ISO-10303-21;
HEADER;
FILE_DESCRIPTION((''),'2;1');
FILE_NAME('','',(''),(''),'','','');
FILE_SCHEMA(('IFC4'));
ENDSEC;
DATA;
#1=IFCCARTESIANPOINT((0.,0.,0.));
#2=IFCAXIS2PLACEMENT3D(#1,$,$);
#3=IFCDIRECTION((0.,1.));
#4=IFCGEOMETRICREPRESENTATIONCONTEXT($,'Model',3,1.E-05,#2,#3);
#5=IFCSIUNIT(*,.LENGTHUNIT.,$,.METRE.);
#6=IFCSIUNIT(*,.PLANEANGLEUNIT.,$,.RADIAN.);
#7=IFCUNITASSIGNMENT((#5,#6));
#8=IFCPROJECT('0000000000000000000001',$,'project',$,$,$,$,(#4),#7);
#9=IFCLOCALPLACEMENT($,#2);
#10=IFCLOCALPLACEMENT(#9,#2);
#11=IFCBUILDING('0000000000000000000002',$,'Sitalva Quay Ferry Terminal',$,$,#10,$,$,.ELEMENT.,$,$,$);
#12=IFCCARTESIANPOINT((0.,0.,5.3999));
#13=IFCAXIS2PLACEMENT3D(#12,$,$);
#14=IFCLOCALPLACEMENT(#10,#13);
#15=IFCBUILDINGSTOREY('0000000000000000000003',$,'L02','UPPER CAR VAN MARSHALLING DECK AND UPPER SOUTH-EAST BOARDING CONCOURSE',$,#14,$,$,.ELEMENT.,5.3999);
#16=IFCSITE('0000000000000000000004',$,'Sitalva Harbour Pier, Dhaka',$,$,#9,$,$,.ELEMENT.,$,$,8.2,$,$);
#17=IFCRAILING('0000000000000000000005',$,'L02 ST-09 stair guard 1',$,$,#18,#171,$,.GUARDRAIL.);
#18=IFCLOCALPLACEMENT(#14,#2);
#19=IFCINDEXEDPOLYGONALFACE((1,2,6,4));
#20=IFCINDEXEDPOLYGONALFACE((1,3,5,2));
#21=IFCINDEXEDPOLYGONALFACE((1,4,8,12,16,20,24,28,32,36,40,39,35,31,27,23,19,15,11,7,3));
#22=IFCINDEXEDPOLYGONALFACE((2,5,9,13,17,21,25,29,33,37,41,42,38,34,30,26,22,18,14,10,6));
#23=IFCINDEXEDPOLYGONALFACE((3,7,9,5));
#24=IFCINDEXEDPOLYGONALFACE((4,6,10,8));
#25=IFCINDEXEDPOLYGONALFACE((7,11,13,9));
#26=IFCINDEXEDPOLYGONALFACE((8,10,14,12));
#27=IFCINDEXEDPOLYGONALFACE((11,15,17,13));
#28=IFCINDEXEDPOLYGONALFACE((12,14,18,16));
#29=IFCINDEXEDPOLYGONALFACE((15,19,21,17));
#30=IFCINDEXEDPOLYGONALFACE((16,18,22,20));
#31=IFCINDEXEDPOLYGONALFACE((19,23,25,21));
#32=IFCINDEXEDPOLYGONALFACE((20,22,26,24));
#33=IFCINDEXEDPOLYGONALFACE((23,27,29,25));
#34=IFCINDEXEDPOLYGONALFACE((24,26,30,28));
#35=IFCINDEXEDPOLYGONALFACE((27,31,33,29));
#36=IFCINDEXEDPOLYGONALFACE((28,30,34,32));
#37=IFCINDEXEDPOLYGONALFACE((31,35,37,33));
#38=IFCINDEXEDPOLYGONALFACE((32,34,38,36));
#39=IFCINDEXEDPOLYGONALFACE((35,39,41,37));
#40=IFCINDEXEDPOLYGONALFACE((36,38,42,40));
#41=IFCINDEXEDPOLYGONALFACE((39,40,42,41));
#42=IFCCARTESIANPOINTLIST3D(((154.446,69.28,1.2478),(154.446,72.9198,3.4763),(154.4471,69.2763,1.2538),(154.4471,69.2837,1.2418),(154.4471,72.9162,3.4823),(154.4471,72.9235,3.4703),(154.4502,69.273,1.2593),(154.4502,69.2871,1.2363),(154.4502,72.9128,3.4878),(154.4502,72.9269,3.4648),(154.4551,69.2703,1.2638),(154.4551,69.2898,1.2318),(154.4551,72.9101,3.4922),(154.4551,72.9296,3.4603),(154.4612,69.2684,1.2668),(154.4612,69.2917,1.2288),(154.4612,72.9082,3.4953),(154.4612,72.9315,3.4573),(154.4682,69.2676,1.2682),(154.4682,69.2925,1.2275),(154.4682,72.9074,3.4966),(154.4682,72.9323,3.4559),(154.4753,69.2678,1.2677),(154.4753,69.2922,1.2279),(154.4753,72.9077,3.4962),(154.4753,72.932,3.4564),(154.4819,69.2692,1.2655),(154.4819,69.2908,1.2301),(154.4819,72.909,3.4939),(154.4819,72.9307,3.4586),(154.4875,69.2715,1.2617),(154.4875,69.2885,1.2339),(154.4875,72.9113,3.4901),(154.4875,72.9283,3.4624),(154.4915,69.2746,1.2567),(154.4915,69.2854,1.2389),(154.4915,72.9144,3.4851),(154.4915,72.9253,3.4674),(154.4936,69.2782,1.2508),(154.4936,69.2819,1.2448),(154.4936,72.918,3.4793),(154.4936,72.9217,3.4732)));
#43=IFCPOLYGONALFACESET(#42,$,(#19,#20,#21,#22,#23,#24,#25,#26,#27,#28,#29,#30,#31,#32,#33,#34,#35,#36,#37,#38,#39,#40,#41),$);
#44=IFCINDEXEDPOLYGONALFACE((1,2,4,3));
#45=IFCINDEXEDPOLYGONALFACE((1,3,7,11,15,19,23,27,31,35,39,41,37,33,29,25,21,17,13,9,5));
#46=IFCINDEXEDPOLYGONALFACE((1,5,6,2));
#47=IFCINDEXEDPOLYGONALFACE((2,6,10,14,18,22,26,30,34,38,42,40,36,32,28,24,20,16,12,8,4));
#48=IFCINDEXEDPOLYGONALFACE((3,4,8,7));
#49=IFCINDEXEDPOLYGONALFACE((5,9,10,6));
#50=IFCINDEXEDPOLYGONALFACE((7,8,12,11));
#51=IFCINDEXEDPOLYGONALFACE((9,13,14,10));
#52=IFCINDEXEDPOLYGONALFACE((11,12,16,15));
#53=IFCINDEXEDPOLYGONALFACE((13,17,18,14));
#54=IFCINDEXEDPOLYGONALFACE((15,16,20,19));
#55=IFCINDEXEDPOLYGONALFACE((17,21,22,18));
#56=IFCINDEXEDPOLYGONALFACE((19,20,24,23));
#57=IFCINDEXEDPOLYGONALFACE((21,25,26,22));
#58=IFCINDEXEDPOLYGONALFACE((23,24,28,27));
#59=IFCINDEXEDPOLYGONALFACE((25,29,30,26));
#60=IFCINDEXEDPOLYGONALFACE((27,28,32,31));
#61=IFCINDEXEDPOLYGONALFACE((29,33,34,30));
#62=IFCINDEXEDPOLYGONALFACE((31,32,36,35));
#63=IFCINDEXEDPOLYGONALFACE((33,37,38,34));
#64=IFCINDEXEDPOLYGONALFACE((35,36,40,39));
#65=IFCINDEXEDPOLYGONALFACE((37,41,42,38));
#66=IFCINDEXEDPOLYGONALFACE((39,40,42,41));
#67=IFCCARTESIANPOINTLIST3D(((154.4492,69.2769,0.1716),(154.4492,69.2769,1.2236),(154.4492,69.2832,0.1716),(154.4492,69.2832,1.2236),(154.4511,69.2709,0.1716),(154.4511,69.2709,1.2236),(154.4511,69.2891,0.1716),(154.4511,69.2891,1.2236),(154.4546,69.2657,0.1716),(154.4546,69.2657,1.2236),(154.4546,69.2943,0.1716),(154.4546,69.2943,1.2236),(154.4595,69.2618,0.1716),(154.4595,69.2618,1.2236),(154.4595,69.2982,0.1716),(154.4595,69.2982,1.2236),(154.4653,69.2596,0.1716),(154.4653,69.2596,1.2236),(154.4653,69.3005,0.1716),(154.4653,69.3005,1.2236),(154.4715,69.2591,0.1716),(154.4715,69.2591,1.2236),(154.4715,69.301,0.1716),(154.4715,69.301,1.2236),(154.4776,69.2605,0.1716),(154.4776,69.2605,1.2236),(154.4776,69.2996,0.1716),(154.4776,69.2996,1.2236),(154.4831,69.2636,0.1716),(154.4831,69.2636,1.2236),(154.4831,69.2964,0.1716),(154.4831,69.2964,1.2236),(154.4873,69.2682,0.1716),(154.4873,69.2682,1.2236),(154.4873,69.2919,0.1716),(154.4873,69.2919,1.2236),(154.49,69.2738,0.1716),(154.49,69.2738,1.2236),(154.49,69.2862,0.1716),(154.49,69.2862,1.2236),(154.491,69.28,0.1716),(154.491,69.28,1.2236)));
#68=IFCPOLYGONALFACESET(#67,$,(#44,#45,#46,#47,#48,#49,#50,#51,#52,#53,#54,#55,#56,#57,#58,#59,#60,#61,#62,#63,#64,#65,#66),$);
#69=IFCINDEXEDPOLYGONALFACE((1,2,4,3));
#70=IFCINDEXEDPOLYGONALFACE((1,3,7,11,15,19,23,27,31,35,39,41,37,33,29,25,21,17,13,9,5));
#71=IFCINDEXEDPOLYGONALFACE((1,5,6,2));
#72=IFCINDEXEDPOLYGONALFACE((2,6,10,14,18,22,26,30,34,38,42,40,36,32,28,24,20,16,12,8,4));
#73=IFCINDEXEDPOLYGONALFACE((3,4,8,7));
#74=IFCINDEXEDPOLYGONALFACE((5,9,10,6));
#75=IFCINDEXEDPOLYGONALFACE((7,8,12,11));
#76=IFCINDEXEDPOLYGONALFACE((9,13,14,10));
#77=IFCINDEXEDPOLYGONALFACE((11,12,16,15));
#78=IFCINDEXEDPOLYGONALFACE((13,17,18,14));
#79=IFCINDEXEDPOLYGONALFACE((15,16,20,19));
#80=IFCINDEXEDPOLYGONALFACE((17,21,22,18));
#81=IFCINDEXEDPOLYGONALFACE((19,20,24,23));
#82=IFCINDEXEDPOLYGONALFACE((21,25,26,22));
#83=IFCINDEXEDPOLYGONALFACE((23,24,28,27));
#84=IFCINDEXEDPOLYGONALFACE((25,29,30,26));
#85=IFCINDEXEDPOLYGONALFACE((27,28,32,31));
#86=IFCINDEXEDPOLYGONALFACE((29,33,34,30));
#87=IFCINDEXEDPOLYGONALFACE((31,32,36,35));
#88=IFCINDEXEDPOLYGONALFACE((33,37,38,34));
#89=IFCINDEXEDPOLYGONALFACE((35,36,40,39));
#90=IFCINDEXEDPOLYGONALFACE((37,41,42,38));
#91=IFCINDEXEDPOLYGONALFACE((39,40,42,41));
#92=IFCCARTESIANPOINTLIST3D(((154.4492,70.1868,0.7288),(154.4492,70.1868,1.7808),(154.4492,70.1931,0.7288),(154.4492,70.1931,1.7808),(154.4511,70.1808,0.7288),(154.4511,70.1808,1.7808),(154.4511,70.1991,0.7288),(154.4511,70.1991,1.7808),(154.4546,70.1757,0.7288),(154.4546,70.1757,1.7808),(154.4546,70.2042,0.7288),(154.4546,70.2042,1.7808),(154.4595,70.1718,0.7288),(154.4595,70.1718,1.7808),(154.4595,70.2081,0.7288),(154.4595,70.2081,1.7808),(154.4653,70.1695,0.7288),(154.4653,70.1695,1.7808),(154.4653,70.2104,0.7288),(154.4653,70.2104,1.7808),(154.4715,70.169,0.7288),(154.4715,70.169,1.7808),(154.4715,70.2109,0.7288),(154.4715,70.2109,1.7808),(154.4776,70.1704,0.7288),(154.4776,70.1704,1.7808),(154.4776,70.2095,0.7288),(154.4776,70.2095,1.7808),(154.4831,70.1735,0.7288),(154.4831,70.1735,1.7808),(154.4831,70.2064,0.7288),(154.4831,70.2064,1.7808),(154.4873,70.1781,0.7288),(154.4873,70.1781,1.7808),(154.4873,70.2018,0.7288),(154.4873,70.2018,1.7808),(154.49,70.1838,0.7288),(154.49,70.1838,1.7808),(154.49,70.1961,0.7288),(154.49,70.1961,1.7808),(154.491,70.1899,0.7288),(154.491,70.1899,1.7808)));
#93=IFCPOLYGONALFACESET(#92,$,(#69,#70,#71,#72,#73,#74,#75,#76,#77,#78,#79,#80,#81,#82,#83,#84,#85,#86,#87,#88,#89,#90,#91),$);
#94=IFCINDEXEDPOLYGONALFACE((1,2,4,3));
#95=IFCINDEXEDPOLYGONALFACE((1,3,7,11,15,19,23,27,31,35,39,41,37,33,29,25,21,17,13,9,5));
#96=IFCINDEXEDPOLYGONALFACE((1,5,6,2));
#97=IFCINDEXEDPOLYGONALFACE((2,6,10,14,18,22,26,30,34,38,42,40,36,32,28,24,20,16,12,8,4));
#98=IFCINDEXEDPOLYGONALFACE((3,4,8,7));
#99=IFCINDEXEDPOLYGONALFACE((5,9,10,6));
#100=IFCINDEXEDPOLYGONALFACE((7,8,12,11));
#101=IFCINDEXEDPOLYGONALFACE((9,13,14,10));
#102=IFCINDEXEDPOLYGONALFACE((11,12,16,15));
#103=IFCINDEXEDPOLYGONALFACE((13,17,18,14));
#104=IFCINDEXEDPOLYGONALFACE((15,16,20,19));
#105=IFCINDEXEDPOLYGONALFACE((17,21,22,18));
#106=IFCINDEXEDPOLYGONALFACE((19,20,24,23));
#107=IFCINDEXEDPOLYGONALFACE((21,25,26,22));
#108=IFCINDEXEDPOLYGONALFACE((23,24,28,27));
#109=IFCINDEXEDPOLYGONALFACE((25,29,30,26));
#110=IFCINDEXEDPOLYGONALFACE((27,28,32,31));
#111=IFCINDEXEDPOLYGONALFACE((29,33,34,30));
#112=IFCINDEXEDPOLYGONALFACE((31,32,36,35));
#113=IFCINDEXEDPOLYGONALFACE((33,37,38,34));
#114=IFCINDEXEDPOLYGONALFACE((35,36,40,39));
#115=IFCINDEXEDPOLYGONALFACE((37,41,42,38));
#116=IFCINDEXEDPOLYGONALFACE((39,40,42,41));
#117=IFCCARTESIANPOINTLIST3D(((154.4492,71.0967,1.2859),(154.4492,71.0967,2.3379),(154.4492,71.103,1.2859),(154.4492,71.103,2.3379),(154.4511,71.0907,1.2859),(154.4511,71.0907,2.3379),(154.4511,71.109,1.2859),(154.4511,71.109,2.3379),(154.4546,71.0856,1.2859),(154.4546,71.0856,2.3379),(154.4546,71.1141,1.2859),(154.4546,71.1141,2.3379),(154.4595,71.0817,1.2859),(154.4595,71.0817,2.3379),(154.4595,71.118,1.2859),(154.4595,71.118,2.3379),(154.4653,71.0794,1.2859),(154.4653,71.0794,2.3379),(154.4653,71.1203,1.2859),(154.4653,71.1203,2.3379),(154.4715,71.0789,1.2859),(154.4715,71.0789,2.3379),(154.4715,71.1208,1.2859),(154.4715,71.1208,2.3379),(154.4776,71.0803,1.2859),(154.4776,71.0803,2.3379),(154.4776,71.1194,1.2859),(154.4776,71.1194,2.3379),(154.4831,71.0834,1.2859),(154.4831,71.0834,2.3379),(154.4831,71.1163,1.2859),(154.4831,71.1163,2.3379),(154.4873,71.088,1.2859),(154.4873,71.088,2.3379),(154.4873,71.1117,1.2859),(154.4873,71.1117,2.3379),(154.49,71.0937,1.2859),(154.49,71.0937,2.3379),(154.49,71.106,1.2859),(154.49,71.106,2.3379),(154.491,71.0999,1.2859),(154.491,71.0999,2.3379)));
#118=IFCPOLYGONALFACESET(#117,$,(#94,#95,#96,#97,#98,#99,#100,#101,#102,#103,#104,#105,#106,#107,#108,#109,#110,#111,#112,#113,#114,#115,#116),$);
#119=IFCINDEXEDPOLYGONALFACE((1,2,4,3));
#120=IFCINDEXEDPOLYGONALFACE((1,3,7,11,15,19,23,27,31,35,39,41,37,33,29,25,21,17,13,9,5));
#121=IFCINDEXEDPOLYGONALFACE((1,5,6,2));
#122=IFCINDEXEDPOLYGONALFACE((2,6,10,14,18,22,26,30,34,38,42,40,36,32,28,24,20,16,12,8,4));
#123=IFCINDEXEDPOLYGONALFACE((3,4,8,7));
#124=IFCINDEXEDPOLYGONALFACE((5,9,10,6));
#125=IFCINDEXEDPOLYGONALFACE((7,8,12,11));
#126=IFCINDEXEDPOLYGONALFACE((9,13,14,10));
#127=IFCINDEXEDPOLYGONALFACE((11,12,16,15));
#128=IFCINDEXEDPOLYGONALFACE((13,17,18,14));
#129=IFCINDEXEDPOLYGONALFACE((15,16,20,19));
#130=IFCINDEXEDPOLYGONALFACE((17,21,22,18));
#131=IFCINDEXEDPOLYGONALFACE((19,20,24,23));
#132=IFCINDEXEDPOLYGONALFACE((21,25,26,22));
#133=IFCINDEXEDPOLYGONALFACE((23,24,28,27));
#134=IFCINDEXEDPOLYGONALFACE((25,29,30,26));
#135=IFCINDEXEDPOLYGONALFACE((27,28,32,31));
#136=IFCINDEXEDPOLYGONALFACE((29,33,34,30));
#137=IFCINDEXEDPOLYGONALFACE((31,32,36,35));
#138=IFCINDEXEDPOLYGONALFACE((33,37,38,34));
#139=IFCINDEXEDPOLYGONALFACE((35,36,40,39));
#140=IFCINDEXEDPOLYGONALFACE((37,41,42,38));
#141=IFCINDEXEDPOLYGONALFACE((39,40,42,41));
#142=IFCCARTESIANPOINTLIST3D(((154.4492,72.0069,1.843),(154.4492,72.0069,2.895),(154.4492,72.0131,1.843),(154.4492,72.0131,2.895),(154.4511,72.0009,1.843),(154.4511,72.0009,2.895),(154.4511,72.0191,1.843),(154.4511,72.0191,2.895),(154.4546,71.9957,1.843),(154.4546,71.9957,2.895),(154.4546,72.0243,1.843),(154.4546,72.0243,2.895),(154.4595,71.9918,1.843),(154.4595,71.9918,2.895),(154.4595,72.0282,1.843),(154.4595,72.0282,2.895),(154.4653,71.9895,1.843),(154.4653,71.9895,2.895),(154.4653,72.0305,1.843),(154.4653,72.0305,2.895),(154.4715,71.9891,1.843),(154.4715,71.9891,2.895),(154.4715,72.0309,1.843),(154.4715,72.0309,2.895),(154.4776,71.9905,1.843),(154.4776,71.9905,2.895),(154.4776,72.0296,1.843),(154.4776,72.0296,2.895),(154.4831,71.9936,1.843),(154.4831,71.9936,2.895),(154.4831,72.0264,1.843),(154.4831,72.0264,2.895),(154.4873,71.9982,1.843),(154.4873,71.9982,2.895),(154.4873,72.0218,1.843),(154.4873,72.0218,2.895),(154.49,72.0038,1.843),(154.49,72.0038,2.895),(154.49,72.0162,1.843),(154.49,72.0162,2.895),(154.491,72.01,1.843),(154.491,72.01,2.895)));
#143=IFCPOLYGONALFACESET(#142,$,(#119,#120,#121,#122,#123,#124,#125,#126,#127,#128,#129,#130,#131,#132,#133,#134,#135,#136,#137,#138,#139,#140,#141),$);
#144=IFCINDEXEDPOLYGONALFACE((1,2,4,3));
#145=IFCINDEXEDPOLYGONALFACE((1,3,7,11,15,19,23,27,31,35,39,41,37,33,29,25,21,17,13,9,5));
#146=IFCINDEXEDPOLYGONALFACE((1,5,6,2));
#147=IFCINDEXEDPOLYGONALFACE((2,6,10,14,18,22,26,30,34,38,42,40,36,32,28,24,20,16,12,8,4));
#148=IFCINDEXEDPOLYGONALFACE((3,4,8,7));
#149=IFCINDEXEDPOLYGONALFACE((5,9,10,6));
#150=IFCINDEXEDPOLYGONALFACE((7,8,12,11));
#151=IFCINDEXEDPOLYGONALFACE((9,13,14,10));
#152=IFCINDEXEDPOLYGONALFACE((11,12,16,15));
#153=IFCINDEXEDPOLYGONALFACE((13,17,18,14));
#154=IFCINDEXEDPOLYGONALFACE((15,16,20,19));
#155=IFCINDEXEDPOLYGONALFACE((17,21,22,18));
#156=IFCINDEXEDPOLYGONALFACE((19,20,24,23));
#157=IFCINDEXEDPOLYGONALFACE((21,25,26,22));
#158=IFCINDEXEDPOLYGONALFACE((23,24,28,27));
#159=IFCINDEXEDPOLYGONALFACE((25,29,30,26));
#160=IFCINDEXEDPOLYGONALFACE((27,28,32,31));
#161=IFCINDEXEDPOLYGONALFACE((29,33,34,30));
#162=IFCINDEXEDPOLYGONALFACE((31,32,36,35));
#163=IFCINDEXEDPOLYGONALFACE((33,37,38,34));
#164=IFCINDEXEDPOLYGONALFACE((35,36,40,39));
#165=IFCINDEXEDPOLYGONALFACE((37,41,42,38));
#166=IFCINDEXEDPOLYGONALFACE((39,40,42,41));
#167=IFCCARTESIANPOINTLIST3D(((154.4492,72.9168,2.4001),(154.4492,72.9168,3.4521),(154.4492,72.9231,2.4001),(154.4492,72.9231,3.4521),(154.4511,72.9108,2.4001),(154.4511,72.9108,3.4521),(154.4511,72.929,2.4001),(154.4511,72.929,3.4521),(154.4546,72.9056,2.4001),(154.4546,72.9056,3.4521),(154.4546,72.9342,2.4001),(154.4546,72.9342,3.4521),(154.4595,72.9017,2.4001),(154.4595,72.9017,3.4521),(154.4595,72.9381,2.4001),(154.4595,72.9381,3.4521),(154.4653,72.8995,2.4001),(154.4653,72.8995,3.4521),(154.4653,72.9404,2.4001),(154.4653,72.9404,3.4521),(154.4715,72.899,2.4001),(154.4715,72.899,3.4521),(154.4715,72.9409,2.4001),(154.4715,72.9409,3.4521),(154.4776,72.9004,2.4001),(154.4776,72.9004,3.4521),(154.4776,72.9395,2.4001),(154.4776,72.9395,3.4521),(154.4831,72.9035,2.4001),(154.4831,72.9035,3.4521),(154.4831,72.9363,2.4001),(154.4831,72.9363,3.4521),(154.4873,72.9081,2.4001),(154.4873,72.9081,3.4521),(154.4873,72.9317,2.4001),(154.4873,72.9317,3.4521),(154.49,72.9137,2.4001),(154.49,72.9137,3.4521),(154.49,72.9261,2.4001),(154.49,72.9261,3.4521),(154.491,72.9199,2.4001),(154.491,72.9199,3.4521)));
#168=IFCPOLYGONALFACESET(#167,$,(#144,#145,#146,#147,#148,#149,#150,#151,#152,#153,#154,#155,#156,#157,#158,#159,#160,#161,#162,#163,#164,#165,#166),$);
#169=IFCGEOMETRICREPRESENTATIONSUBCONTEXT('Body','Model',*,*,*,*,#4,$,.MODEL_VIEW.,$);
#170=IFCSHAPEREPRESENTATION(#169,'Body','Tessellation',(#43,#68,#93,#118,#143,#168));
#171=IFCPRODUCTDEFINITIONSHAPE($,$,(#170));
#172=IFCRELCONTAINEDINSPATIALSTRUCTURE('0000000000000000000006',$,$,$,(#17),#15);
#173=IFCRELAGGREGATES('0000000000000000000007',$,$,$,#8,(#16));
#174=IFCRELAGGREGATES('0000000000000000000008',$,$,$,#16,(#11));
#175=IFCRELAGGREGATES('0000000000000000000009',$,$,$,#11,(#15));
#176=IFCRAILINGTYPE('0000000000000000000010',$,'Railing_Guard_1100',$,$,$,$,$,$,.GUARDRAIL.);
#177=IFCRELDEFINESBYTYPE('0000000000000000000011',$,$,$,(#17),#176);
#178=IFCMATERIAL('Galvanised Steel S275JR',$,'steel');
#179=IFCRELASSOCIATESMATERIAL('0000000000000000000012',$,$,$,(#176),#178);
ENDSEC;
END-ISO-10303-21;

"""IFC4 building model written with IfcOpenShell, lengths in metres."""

from ifc_helpers import new_model, si_unit, direction, frame, origin, origin_2d, place, context, subcontext, project, spatial, circle, extrude, material, type_object, element, save


model = new_model("IFC4")

# Units and contexts
model_context = context("Model", 3, precision=1e-05, world=origin(), true_north=direction((0.0, 1.0)))
body_context = subcontext(model_context, "Body", "Model", "MODEL_VIEW")
ifc_project = project(units=[si_unit("LENGTHUNIT", "METRE"), si_unit("PLANEANGLEUNIT", "RADIAN")], contexts=[model_context])

# Site, building, storey
site_placement = place(None, origin())
site = spatial("IfcSite", under=ifc_project, at=site_placement, Name="Sitalva Harbour Pier, Dhaka", CompositionType="ELEMENT", RefElevation=8.2)
building_placement = place(site_placement, origin())
building = spatial("IfcBuilding", under=site, at=building_placement, Name="Sitalva Quay Ferry Terminal", CompositionType="ELEMENT")
storey_placement = place(building_placement, frame((0.0, 0.0, 5.3999)))
storey = spatial("IfcBuildingStorey", under=building, at=storey_placement, Name="L02", Description="UPPER CAR VAN MARSHALLING DECK AND UPPER SOUTH-EAST BOARDING CONCOURSE", CompositionType="ELEMENT", Elevation=5.3999)

# Railing
ifc_material_1 = material(Name="Galvanised Steel S275JR", Category="steel")
railing_type = type_object("IfcRailingType", Name="Railing_Guard_1100", PredefinedType="GUARDRAIL", material=ifc_material_1)
railing_1_placement = place(storey_placement, frame((154.47, 69.28, 0.1716)))
element("IfcRailing", 1, at=railing_1_placement, inside=storey, type_object=railing_type, Name="L02 ST-09 stair guard 1", PredefinedType="GUARDRAIL", context=body_context, shape_type="SweptSolid", body=[
    extrude(circle(Radius=0.0239, at=origin_2d()), frame((0.0, 0.0, 1.0762), z_axis=(0.0, 0.85285, 0.522156), x_axis=(-1.0, 0.0, 0.0)), (0.0, 0.0, 1.0), 4.2678),
    extrude(circle(Radius=0.021, at=origin_2d()), origin(), (0.0, 0.0, 1.0), 1.052),
    extrude(circle(Radius=0.021, at=origin_2d()), frame((0.0, 0.9099, 0.5571)), (0.0, 0.0, 1.0), 1.052),
    extrude(circle(Radius=0.021, at=origin_2d()), frame((0.0, 1.8198, 1.1143)), (0.0, 0.0, 1.0), 1.052),
    extrude(circle(Radius=0.021, at=origin_2d()), frame((0.0, 2.73, 1.6714)), (0.0, 0.0, 1.0), 1.052),
    extrude(circle(Radius=0.021, at=origin_2d()), frame((0.0, 3.6399, 2.2285)), (0.0, 0.0, 1.0), 1.052),
])

save(model, "model.ifc")
